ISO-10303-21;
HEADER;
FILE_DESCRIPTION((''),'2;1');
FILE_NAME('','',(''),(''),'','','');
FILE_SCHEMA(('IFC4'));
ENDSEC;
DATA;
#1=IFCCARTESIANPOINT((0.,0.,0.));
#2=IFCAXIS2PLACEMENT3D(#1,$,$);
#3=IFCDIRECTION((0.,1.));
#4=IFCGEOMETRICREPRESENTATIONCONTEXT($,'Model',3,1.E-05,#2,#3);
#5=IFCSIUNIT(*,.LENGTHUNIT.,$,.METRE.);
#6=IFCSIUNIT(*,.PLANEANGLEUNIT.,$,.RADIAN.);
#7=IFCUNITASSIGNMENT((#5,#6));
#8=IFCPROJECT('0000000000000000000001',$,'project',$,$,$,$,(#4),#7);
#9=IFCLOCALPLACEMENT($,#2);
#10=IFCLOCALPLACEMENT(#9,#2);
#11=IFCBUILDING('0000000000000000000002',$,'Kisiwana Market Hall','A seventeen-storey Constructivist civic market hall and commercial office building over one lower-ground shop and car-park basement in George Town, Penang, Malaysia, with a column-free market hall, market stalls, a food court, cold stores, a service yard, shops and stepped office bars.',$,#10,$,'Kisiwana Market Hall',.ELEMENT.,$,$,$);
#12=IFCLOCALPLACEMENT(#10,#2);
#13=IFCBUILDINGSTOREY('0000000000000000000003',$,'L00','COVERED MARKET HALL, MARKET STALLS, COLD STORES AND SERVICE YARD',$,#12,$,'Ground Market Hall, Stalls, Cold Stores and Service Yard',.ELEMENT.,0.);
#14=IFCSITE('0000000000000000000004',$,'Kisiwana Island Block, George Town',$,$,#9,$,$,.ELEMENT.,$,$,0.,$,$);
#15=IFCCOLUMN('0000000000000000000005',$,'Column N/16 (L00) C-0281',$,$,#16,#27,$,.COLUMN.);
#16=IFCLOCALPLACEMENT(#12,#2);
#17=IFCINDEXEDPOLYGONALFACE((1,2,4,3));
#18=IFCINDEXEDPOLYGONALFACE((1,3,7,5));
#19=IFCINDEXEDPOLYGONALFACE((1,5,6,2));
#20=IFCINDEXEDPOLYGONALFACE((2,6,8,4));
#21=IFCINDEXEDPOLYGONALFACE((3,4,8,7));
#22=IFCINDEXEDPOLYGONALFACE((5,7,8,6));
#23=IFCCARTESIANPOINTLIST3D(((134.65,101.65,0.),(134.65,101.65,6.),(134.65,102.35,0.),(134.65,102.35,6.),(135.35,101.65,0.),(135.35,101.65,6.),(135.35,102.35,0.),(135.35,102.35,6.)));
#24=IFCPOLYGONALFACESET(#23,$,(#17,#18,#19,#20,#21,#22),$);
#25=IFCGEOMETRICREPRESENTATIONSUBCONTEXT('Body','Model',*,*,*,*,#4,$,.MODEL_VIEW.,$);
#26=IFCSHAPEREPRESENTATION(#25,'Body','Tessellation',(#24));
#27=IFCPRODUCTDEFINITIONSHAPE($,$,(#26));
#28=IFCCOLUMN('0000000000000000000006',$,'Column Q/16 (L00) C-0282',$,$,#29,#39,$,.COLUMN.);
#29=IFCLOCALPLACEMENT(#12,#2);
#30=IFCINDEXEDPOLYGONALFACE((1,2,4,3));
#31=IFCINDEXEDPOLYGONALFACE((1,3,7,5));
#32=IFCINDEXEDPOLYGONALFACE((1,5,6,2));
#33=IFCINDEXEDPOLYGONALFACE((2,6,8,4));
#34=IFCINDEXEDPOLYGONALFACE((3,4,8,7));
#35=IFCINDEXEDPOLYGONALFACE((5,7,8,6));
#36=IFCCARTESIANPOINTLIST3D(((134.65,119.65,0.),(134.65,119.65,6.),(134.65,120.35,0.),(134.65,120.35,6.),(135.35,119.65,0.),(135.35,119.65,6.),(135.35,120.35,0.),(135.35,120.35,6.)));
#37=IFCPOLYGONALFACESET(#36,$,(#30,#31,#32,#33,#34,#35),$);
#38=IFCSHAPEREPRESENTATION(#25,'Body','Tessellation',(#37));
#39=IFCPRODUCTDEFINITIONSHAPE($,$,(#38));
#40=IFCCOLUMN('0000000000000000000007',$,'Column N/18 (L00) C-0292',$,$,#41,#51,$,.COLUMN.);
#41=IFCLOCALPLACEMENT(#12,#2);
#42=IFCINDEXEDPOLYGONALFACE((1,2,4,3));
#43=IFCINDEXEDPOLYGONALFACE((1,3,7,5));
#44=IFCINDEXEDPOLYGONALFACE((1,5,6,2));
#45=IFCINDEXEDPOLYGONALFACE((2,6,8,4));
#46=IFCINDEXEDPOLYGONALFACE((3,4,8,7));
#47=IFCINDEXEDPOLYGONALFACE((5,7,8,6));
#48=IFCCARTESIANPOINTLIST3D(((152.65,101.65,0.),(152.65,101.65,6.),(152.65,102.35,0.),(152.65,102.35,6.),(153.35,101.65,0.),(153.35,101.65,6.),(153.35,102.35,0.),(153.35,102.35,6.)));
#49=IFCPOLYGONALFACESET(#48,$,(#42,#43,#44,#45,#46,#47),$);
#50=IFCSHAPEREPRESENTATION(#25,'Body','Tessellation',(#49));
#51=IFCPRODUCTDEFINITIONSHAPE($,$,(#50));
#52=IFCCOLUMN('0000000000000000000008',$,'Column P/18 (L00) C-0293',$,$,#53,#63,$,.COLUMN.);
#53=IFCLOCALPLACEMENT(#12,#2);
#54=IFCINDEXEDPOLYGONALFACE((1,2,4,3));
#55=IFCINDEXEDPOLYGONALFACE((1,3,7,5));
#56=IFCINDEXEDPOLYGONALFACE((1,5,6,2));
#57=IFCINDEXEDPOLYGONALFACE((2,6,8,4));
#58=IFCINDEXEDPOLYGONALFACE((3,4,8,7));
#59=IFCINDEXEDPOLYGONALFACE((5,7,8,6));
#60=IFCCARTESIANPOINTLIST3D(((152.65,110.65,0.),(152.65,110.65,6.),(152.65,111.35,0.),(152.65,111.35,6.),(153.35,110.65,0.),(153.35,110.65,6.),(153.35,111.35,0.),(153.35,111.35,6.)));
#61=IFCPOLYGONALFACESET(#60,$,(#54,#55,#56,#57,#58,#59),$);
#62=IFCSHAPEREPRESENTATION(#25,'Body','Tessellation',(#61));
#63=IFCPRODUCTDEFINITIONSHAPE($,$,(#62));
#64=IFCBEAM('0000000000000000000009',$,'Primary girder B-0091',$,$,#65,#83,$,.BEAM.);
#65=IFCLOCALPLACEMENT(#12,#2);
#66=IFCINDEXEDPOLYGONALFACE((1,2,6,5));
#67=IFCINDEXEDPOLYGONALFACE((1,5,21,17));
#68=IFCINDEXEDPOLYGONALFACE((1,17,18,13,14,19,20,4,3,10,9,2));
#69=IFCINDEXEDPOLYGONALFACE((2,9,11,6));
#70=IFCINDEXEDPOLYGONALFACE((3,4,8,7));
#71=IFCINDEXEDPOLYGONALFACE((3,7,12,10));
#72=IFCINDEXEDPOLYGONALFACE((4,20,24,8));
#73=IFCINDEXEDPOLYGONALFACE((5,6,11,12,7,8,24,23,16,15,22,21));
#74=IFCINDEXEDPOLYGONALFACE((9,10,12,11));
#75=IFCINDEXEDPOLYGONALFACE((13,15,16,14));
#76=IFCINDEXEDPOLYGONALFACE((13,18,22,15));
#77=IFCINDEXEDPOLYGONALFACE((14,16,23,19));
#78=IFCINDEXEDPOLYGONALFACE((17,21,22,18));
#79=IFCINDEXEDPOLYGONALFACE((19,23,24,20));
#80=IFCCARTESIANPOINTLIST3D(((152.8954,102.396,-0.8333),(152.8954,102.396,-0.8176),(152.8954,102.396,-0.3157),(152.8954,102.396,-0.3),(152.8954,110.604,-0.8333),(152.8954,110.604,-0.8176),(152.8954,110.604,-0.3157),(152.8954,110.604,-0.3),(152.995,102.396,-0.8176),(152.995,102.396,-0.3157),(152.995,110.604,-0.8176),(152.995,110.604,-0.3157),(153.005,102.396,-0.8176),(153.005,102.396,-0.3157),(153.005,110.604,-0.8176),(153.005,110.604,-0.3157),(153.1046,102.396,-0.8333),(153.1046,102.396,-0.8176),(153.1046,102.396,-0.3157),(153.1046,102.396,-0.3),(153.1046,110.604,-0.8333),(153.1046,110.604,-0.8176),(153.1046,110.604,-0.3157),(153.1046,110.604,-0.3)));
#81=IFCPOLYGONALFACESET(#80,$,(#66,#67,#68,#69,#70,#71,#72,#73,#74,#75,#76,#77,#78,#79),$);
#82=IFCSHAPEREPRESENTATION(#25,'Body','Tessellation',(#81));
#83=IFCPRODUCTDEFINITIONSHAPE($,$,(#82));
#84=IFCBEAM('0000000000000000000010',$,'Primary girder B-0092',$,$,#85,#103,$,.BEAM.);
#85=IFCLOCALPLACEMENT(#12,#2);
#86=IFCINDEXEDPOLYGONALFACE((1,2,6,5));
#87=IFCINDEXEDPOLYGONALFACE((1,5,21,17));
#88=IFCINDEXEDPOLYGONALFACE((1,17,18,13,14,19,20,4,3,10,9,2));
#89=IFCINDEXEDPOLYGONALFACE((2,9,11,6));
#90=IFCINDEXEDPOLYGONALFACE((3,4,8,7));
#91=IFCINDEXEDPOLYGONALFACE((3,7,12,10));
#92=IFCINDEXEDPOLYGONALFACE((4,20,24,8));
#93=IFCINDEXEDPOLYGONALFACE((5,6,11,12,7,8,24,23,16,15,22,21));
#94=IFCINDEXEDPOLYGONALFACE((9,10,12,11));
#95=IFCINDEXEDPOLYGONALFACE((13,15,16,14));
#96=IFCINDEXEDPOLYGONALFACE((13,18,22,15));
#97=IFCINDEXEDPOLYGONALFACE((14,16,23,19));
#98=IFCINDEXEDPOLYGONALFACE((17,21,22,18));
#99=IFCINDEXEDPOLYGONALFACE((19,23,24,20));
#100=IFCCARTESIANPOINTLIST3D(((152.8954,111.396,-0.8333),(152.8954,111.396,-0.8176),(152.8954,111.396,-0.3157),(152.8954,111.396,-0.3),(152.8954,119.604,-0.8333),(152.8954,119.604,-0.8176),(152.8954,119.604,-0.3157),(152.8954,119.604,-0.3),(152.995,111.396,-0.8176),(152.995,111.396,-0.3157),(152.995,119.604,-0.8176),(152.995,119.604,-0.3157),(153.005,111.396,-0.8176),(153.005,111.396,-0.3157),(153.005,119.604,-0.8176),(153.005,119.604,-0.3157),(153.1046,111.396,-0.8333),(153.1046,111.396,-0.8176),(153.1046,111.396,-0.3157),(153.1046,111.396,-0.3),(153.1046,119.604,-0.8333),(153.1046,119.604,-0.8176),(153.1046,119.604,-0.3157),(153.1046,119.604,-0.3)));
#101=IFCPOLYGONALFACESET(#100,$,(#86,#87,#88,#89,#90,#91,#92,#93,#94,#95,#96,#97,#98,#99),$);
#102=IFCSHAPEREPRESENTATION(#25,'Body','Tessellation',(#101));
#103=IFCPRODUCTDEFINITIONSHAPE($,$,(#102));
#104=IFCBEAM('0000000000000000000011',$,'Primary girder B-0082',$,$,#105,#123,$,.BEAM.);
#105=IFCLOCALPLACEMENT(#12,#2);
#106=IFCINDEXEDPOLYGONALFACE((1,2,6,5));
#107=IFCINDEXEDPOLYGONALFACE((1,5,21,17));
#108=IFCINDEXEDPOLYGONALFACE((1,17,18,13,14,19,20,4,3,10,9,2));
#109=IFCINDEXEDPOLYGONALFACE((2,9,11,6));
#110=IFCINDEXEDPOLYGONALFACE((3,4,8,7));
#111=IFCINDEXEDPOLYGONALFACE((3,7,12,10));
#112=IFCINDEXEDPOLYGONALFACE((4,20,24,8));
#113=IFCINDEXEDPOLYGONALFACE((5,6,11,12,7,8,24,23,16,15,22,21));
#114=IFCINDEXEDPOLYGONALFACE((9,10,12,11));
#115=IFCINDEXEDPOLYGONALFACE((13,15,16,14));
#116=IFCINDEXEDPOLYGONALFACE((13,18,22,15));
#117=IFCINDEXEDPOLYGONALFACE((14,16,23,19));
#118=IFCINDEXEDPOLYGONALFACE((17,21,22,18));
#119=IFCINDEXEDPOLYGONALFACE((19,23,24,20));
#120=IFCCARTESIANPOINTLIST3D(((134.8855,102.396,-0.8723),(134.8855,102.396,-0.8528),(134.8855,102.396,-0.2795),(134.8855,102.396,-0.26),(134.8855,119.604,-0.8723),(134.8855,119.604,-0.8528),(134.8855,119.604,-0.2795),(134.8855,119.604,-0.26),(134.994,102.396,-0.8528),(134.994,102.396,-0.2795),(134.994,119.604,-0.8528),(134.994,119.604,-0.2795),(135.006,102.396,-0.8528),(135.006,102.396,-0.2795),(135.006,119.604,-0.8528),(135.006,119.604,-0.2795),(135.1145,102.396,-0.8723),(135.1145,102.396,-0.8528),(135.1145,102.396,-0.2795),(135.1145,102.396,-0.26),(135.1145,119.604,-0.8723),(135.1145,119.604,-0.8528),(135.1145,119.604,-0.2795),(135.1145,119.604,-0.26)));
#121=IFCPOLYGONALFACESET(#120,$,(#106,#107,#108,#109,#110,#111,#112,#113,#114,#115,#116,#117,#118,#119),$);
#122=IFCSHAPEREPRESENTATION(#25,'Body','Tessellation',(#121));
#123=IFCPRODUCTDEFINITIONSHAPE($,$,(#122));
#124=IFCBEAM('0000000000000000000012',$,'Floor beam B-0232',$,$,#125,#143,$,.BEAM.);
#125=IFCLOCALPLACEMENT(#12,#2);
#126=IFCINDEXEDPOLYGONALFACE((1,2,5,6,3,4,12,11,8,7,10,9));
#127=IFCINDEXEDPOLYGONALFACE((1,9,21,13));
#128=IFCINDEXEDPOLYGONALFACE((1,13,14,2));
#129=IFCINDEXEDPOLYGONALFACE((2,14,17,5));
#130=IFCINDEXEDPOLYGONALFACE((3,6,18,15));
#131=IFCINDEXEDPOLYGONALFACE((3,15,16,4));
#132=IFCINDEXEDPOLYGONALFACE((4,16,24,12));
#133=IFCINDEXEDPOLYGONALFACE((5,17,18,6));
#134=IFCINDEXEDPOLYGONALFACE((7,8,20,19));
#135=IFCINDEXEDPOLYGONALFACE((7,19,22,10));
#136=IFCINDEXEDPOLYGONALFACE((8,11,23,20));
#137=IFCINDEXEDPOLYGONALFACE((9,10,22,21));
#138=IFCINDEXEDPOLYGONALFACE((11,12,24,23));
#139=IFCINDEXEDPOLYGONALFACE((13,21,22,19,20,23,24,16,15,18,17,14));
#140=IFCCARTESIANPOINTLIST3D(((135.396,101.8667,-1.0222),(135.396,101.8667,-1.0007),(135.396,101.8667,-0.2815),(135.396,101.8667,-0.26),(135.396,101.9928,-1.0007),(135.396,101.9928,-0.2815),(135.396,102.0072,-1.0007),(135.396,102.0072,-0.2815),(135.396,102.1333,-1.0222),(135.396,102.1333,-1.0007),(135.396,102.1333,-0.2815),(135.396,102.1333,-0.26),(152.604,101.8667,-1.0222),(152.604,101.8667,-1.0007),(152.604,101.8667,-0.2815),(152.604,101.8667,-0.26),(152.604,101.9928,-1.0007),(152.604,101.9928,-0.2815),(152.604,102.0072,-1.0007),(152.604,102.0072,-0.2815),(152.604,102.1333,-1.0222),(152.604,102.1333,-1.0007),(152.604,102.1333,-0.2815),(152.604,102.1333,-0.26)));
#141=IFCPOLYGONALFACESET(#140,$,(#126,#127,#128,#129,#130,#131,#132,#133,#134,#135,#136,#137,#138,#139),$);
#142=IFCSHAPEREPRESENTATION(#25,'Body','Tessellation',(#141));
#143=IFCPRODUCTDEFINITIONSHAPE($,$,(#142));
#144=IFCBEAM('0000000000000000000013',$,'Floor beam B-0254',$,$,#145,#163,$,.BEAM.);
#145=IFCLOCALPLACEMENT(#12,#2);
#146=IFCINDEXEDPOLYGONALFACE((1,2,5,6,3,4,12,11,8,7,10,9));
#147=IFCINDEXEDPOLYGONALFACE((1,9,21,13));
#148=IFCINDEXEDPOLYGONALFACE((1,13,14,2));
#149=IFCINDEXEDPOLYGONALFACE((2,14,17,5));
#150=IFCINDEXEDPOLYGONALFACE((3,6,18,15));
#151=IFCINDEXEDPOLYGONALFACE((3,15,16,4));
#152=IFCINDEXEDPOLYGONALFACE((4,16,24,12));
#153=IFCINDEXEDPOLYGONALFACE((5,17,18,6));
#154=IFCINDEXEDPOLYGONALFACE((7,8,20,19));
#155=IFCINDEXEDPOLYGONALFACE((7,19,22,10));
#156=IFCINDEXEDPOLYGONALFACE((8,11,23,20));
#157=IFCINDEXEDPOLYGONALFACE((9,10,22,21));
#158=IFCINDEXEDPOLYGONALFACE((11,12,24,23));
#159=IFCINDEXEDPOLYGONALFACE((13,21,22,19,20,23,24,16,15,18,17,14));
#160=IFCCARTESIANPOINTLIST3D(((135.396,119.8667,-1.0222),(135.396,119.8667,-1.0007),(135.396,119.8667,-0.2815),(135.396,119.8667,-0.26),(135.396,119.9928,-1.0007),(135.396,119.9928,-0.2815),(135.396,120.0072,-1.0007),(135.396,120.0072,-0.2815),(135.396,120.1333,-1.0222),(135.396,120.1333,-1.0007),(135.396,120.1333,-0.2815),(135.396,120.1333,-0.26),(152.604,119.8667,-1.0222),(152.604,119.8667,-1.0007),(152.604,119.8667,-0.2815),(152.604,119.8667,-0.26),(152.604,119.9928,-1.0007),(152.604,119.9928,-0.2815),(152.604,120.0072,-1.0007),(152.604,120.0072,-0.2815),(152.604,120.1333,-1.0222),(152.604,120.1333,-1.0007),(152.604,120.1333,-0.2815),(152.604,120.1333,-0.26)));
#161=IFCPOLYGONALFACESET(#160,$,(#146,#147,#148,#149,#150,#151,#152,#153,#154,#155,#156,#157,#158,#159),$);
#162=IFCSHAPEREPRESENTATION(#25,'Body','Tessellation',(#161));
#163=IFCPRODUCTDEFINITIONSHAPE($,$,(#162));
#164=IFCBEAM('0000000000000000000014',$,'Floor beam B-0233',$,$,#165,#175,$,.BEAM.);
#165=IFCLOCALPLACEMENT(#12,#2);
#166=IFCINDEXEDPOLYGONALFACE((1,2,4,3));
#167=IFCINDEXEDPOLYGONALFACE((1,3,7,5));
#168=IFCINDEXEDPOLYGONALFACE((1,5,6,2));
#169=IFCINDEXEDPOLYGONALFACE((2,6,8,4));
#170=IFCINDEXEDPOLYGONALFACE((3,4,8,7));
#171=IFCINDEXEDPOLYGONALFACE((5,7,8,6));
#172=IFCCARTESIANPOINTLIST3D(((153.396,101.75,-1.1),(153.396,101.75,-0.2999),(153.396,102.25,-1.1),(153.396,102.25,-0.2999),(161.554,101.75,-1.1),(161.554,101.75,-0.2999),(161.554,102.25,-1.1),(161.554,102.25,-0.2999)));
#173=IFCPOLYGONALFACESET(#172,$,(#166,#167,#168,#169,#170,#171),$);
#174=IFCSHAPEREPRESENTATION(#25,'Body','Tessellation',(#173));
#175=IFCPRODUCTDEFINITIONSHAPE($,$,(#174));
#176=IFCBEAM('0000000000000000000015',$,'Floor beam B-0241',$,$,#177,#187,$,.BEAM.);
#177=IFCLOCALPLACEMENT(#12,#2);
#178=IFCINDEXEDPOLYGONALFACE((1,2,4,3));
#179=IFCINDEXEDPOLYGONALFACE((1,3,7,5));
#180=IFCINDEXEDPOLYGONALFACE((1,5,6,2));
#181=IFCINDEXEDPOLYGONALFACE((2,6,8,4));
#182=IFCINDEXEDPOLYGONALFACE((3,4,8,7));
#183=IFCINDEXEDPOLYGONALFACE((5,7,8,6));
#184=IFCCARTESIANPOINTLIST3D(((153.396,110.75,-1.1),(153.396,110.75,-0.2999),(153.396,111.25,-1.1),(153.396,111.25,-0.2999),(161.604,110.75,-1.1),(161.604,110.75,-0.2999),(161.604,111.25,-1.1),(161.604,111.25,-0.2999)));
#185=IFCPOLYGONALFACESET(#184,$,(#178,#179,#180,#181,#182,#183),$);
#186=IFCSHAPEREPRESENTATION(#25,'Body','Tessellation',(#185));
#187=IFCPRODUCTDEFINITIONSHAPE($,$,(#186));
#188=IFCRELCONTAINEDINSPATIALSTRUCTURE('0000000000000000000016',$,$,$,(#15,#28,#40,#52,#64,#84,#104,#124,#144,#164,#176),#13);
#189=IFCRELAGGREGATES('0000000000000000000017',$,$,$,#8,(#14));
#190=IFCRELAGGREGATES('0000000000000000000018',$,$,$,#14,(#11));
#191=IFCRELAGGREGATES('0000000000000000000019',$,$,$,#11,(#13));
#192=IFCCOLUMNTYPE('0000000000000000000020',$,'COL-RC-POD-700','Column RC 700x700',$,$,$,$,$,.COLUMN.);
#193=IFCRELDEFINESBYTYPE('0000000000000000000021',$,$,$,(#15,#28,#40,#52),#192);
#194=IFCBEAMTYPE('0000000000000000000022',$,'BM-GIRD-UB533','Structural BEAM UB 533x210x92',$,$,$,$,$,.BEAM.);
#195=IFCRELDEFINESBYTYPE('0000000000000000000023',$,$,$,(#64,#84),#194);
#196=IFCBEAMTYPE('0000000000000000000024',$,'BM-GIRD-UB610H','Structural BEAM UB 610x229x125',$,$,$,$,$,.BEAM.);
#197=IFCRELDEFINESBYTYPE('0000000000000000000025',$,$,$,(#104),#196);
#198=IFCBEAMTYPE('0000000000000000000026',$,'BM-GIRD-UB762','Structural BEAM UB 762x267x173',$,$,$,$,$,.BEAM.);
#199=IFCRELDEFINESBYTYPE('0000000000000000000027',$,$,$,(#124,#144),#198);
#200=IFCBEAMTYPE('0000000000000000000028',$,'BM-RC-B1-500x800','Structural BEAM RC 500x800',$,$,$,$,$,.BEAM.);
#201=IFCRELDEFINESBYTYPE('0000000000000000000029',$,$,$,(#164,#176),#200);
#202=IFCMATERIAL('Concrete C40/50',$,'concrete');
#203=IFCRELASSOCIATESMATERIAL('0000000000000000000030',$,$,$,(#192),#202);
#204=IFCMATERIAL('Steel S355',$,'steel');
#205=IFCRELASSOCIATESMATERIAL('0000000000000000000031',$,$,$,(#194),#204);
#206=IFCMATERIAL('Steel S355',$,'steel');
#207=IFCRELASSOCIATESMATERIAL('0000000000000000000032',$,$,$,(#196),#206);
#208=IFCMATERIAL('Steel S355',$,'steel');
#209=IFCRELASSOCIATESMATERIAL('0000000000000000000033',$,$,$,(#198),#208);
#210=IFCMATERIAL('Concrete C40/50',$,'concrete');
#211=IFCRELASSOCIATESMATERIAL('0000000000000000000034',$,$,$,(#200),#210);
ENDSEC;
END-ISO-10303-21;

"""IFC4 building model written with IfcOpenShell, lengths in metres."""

from ifc_helpers import new_model, si_unit, direction, frame, origin, origin_2d, place, context, subcontext, project, spatial, rectangle, i_section, extrude, material, material_profile, profile_set, type_object, element, save


model = new_model("IFC4")

# Units and contexts
model_context = context("Model", 3, precision=1e-05, world=origin(), true_north=direction((0.0, 1.0)))
body_context = subcontext(model_context, "Body", "Model", "MODEL_VIEW")
ifc_project = project(units=[si_unit("LENGTHUNIT", "METRE"), si_unit("PLANEANGLEUNIT", "RADIAN")], contexts=[model_context])

# Site, building, storey
site_placement = place(None, origin())
site = spatial("IfcSite", under=ifc_project, at=site_placement, Name="Kisiwana Island Block, George Town", CompositionType="ELEMENT", RefElevation=0.0)
building_placement = place(site_placement, origin())
building = spatial("IfcBuilding", under=site, at=building_placement, Name="Kisiwana Market Hall", Description="A seventeen-storey Constructivist civic market hall and commercial office building over one lower-ground shop and car-park basement in George Town, Penang, Malaysia, with a column-free market hall, market stalls, a food court, cold stores, a service yard, shops and stepped office bars.", LongName="Kisiwana Market Hall", CompositionType="ELEMENT")
storey_placement = place(building_placement, origin())
storey = spatial("IfcBuildingStorey", under=building, at=storey_placement, Name="L00", Description="COVERED MARKET HALL, MARKET STALLS, COLD STORES AND SERVICE YARD", LongName="Ground Market Hall, Stalls, Cold Stores and Service Yard", CompositionType="ELEMENT", Elevation=0.0)

# Columns
ifc_material_1 = material(Name="Concrete C40/50", Category="concrete")
ifc_material_profile_1 = material_profile(ifc_material_1, rectangle(XDim=0.7, YDim=0.7, at=origin_2d()), Name="RC 700x700")
ifc_profile_set_1 = profile_set([ifc_material_profile_1], Name="Concrete C40/50")
column_type = type_object("IfcColumnType", Name="COL-RC-POD-700", Description="Column RC 700x700", PredefinedType="COLUMN", material=ifc_profile_set_1)
for number, where, z_axis, x_axis, name in (
    (1, (135.0, 102.0, 0.0), (0.0, 0.0, 1.0), (1.0, 0.0, 0.0), "Column N/16 (L00) C-0281"),
    (2, (135.0, 120.0, 0.0), (0.0, 0.0, 1.0), (1.0, 0.0, 0.0), "Column Q/16 (L00) C-0282"),
    (3, (153.0, 102.0, 0.0), (0.0, 0.0, 1.0), (1.0, 0.0, 0.0), "Column N/18 (L00) C-0292"),
    (4, (153.0, 111.0, 0.0), (0.0, 0.0, 1.0), (1.0, 0.0, 0.0), "Column P/18 (L00) C-0293"),
):
    element("IfcColumn", number, at=place(storey_placement, frame(where, z_axis=z_axis, x_axis=x_axis)), inside=storey, type_object=column_type, Name=name, PredefinedType="COLUMN", context=body_context, shape_type="SweptSolid", body=[
        extrude(rectangle(XDim=0.7, YDim=0.7, at=origin_2d()), origin(), (0.0, 0.0, 1.0), 6.0),
    ])

# Beams
ifc_material_2 = material(Name="Steel S355", Category="steel")
ifc_material_profile_2 = material_profile(ifc_material_2, i_section(OverallWidth=0.2092, OverallDepth=0.5332, WebThickness=0.01, FlangeThickness=0.0156, at=origin_2d()), Name="UB 533x210x92")
ifc_profile_set_2 = profile_set([ifc_material_profile_2], Name="Steel S355")
beam_type_1 = type_object("IfcBeamType", Name="BM-GIRD-UB533", Description="Structural BEAM UB 533x210x92", PredefinedType="BEAM", material=ifc_profile_set_2)
for number, where, z_axis, x_axis, name in (
    (5, (153.0, 102.396, -0.5667), (0.0, 1.0, 0.0), (-1.0, 0.0, 0.0), "Primary girder B-0091"),
    (6, (153.0, 111.396, -0.5667), (0.0, 1.0, 0.0), (-1.0, 0.0, 0.0), "Primary girder B-0092"),
):
    element("IfcBeam", number, at=place(storey_placement, frame(where, z_axis=z_axis, x_axis=x_axis)), inside=storey, type_object=beam_type_1, Name=name, PredefinedType="BEAM", context=body_context, shape_type="SweptSolid", body=[
        extrude(i_section(OverallWidth=0.2092, OverallDepth=0.5332, WebThickness=0.01, FlangeThickness=0.0156, at=origin_2d()), origin(), (0.0, 0.0, 1.0), 8.208),
    ])
ifc_material_3 = material(Name="Steel S355", Category="steel")
ifc_material_profile_3 = material_profile(ifc_material_3, i_section(OverallWidth=0.229, OverallDepth=0.6123, WebThickness=0.012, FlangeThickness=0.0195, at=origin_2d()), Name="UB 610x229x125")
ifc_profile_set_3 = profile_set([ifc_material_profile_3], Name="Steel S355")
beam_type_2 = type_object("IfcBeamType", Name="BM-GIRD-UB610H", Description="Structural BEAM UB 610x229x125", PredefinedType="BEAM", material=ifc_profile_set_3)
beam_1_placement = place(storey_placement, frame((135.0, 102.396, -0.5662), z_axis=(0.0, 1.0, 0.0), x_axis=(-1.0, 0.0, 0.0)))
element("IfcBeam", 7, at=beam_1_placement, inside=storey, type_object=beam_type_2, Name="Primary girder B-0082", PredefinedType="BEAM", context=body_context, shape_type="SweptSolid", body=[
    extrude(i_section(OverallWidth=0.229, OverallDepth=0.6123, WebThickness=0.012, FlangeThickness=0.0195, at=origin_2d()), origin(), (0.0, 0.0, 1.0), 17.208),
])
ifc_material_4 = material(Name="Steel S355", Category="steel")
ifc_material_profile_4 = material_profile(ifc_material_4, i_section(OverallWidth=0.2666, OverallDepth=0.7622, WebThickness=0.0144, FlangeThickness=0.0215, at=origin_2d()), Name="UB 762x267x173")
ifc_profile_set_4 = profile_set([ifc_material_profile_4], Name="Steel S355")
beam_type_3 = type_object("IfcBeamType", Name="BM-GIRD-UB762", Description="Structural BEAM UB 762x267x173", PredefinedType="BEAM", material=ifc_profile_set_4)
for number, where, z_axis, x_axis, name in (
    (8, (135.396, 102.0, -0.6411), (1.0, 0.0, 0.0), (0.0, 1.0, 0.0), "Floor beam B-0232"),
    (9, (135.396, 120.0, -0.6411), (1.0, 0.0, 0.0), (0.0, 1.0, 0.0), "Floor beam B-0254"),
):
    element("IfcBeam", number, at=place(storey_placement, frame(where, z_axis=z_axis, x_axis=x_axis)), inside=storey, type_object=beam_type_3, Name=name, PredefinedType="BEAM", context=body_context, shape_type="SweptSolid", body=[
        extrude(i_section(OverallWidth=0.2666, OverallDepth=0.7622, WebThickness=0.0144, FlangeThickness=0.0215, at=origin_2d()), origin(), (0.0, 0.0, 1.0), 17.208),
    ])
ifc_material_5 = material(Name="Concrete C40/50", Category="concrete")
ifc_material_profile_5 = material_profile(ifc_material_5, rectangle(XDim=0.5, YDim=0.8, at=origin_2d()), Name="RC 500x800")
ifc_profile_set_5 = profile_set([ifc_material_profile_5], Name="Concrete C40/50")
beam_type_4 = type_object("IfcBeamType", Name="BM-RC-B1-500x800", Description="Structural BEAM RC 500x800", PredefinedType="BEAM", material=ifc_profile_set_5)
beam_2_placement = place(storey_placement, frame((153.396, 102.0, -0.7), z_axis=(1.0, 0.0, 0.0), x_axis=(0.0, 1.0, 0.0)))
element("IfcBeam", 10, at=beam_2_placement, inside=storey, type_object=beam_type_4, Name="Floor beam B-0233", PredefinedType="BEAM", context=body_context, shape_type="SweptSolid", body=[
    extrude(rectangle(XDim=0.5, YDim=0.8, at=origin_2d()), origin(), (0.0, 0.0, 1.0), 8.158),
])
beam_3_placement = place(storey_placement, frame((153.396, 111.0, -0.7), z_axis=(1.0, 0.0, 0.0), x_axis=(0.0, 1.0, 0.0)))
element("IfcBeam", 11, at=beam_3_placement, inside=storey, type_object=beam_type_4, Name="Floor beam B-0241", PredefinedType="BEAM", context=body_context, shape_type="SweptSolid", body=[
    extrude(rectangle(XDim=0.5, YDim=0.8, at=origin_2d()), origin(), (0.0, 0.0, 1.0), 8.208),
])

save(model, "model.ifc")
